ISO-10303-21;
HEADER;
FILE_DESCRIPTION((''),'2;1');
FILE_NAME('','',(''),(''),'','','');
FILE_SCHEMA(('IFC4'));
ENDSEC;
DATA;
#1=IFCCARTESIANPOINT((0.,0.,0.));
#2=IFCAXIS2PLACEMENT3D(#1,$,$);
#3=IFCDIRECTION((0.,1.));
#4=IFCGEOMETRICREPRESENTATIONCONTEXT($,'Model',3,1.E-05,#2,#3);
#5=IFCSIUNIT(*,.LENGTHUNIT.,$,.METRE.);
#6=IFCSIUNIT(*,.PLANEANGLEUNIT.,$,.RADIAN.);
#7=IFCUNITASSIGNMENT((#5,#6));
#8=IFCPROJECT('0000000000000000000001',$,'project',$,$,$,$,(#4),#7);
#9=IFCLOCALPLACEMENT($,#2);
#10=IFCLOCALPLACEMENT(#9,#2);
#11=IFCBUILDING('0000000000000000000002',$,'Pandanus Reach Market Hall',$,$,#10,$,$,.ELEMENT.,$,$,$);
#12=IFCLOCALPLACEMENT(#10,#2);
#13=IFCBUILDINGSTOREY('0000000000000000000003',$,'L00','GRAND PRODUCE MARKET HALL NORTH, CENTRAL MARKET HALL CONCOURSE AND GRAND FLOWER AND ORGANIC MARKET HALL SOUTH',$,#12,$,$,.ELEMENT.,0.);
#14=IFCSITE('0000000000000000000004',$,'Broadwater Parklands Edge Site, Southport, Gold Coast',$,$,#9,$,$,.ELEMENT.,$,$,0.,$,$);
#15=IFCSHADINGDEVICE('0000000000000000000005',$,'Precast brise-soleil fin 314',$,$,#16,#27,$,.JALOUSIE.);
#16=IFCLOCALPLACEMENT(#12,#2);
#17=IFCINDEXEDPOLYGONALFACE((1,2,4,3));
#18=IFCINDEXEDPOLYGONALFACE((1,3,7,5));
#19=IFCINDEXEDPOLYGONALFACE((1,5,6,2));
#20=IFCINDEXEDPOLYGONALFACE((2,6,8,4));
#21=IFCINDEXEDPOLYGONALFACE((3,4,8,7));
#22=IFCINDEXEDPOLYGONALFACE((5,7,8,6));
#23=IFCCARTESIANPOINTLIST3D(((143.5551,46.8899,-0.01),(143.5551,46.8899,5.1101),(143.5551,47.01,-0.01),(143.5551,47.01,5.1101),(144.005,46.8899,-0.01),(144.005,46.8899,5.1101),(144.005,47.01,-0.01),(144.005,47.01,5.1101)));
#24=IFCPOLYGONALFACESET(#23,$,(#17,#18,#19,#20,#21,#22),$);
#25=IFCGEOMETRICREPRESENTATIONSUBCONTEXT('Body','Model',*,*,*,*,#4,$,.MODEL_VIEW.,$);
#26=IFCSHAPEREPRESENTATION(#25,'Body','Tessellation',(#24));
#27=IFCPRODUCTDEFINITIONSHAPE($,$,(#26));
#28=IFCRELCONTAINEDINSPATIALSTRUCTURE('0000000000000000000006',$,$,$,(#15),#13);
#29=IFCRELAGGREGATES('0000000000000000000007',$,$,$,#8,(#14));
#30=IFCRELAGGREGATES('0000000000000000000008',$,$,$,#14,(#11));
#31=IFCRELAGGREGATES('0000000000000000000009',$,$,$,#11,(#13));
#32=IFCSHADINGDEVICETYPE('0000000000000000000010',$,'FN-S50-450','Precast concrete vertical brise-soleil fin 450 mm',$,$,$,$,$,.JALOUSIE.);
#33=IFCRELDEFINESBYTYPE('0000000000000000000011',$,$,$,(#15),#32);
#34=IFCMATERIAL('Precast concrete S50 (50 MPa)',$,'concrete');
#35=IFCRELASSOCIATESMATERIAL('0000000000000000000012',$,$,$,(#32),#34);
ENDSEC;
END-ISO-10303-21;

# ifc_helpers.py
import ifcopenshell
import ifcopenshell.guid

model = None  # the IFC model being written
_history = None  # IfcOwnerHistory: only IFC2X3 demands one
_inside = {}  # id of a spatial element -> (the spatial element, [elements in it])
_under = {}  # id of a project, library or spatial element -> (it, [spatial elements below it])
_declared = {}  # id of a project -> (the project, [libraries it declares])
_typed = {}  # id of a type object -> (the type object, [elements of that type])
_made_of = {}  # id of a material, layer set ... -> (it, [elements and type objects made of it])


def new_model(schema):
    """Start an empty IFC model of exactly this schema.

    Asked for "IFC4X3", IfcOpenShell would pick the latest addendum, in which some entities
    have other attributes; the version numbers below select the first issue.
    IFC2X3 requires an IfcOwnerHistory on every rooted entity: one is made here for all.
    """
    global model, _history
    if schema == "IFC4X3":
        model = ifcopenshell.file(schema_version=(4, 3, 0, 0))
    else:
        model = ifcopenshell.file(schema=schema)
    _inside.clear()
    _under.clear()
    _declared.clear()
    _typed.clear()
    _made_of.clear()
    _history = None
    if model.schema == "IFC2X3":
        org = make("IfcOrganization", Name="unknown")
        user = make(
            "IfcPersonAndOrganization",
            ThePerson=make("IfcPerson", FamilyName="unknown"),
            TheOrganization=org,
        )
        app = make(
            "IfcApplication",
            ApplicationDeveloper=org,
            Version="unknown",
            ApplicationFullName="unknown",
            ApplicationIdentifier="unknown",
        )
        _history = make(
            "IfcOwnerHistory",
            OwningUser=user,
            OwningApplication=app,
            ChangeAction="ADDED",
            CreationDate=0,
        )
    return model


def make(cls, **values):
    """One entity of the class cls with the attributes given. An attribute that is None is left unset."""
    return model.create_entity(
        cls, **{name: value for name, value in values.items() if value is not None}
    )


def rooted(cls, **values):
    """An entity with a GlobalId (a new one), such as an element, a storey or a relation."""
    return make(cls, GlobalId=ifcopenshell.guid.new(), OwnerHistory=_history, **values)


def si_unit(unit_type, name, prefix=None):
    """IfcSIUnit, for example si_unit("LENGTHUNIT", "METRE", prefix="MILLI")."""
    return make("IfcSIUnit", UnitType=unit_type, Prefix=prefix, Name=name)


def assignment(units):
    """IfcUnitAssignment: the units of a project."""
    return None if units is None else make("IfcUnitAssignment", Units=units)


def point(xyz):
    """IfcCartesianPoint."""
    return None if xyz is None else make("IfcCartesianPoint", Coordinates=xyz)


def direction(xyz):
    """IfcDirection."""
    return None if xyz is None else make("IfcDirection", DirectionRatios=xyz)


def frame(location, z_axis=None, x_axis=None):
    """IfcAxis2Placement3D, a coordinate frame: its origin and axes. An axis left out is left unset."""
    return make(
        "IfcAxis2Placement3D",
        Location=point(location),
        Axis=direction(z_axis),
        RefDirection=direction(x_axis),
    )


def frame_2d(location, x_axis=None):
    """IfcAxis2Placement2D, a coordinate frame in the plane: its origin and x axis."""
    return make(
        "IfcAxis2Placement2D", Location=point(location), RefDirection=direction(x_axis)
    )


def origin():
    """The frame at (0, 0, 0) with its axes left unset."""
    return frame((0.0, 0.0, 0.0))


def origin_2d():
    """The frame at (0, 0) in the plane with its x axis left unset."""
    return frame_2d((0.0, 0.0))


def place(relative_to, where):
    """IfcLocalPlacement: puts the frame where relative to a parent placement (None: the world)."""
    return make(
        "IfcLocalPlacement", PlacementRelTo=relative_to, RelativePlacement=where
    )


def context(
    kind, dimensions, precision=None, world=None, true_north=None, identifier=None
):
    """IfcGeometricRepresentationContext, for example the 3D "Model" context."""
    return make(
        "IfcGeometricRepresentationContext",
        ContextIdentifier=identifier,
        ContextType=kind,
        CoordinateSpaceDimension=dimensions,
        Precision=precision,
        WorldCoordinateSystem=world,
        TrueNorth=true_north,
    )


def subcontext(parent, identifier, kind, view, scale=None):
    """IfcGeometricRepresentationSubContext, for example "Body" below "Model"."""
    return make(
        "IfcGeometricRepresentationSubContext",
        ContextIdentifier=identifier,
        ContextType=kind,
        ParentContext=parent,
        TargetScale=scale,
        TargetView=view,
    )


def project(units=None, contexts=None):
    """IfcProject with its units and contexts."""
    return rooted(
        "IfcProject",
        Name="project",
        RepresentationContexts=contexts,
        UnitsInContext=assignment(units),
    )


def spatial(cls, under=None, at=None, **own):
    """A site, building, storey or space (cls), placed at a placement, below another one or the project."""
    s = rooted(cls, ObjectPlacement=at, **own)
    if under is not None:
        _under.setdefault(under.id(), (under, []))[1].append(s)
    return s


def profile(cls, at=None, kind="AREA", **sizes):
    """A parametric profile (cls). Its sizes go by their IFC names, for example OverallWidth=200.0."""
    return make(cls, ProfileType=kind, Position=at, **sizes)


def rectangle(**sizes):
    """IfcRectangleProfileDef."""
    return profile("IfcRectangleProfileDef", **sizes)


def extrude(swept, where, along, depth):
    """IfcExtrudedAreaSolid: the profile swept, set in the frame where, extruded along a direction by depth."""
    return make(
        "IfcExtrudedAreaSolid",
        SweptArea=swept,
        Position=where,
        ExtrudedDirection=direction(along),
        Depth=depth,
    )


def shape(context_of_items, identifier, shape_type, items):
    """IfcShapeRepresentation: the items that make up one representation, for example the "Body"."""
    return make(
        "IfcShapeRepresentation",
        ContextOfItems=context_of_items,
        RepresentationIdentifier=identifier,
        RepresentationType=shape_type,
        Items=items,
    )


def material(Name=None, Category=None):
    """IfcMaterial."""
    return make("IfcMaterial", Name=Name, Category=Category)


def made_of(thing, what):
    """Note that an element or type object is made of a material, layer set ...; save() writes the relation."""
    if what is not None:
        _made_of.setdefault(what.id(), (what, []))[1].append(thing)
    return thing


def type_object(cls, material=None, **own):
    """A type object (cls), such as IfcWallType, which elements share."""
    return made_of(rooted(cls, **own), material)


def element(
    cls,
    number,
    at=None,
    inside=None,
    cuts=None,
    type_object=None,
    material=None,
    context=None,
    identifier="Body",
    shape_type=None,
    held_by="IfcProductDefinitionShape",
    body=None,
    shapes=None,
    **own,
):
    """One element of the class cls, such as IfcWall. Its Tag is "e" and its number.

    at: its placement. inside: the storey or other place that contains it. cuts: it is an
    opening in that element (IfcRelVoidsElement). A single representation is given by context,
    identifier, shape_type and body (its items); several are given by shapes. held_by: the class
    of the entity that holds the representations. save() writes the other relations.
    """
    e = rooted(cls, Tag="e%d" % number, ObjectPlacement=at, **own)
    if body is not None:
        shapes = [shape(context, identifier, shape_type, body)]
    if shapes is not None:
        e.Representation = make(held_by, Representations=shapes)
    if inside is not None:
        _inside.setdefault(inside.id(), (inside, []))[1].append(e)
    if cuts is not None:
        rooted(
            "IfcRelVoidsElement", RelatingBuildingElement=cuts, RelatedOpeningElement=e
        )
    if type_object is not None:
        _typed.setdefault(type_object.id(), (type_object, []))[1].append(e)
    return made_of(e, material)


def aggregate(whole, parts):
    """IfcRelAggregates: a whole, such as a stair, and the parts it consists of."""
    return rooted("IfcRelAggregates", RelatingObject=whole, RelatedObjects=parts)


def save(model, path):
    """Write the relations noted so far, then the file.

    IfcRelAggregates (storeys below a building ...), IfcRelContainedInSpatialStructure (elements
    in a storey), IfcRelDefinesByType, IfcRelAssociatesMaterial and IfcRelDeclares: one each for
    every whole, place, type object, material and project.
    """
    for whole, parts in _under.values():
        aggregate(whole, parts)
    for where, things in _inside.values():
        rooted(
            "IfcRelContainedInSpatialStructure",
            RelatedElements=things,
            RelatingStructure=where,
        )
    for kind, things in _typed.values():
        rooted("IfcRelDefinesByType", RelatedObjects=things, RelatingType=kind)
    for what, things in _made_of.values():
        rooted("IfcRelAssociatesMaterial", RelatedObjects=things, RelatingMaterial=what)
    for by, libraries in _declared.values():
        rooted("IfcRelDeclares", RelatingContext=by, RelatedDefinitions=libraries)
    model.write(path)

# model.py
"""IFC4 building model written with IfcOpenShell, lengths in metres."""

from ifc_helpers import new_model, si_unit, direction, frame, origin, origin_2d, place, context, subcontext, project, spatial, rectangle, extrude, material, type_object, element, save


model = new_model("IFC4")

# Units and contexts
model_context = context("Model", 3, precision=1e-05, world=origin(), true_north=direction((0.0, 1.0)))
body_context = subcontext(model_context, "Body", "Model", "MODEL_VIEW")
ifc_project = project(units=[si_unit("LENGTHUNIT", "METRE"), si_unit("PLANEANGLEUNIT", "RADIAN")], contexts=[model_context])

# Site, building, storey
site_placement = place(None, origin())
site = spatial("IfcSite", under=ifc_project, at=site_placement, Name="Broadwater Parklands Edge Site, Southport, Gold Coast", CompositionType="ELEMENT", RefElevation=0.0)
building_placement = place(site_placement, origin())
building = spatial("IfcBuilding", under=site, at=building_placement, Name="Pandanus Reach Market Hall", CompositionType="ELEMENT")
storey_placement = place(building_placement, origin())
storey = spatial("IfcBuildingStorey", under=building, at=storey_placement, Name="L00", Description="GRAND PRODUCE MARKET HALL NORTH, CENTRAL MARKET HALL CONCOURSE AND GRAND FLOWER AND ORGANIC MARKET HALL SOUTH", CompositionType="ELEMENT", Elevation=0.0)

# Shading device
ifc_material_1 = material(Name="Precast concrete S50 (50 MPa)", Category="concrete")
shading_device_type = type_object("IfcShadingDeviceType", Name="FN-S50-450", Description="Precast concrete vertical brise-soleil fin 450 mm", PredefinedType="JALOUSIE", material=ifc_material_1)
for number, where, z_axis, x_axis, name in (
    (1, (143.78, 46.95, -0.01), (0.0, 0.0, 1.0), (-1.0, 0.0, 0.0), "Precast brise-soleil fin 314"),
):
    element("IfcShadingDevice", number, at=place(storey_placement, frame(where, z_axis=z_axis, x_axis=x_axis)), inside=storey, type_object=shading_device_type, Name=name, PredefinedType="JALOUSIE", context=body_context, shape_type="SweptSolid", body=[
        extrude(rectangle(XDim=0.45, YDim=0.1201, at=origin_2d()), origin(), (0.0, 0.0, 1.0), 5.1201),
    ])

save(model, "model.ifc")
